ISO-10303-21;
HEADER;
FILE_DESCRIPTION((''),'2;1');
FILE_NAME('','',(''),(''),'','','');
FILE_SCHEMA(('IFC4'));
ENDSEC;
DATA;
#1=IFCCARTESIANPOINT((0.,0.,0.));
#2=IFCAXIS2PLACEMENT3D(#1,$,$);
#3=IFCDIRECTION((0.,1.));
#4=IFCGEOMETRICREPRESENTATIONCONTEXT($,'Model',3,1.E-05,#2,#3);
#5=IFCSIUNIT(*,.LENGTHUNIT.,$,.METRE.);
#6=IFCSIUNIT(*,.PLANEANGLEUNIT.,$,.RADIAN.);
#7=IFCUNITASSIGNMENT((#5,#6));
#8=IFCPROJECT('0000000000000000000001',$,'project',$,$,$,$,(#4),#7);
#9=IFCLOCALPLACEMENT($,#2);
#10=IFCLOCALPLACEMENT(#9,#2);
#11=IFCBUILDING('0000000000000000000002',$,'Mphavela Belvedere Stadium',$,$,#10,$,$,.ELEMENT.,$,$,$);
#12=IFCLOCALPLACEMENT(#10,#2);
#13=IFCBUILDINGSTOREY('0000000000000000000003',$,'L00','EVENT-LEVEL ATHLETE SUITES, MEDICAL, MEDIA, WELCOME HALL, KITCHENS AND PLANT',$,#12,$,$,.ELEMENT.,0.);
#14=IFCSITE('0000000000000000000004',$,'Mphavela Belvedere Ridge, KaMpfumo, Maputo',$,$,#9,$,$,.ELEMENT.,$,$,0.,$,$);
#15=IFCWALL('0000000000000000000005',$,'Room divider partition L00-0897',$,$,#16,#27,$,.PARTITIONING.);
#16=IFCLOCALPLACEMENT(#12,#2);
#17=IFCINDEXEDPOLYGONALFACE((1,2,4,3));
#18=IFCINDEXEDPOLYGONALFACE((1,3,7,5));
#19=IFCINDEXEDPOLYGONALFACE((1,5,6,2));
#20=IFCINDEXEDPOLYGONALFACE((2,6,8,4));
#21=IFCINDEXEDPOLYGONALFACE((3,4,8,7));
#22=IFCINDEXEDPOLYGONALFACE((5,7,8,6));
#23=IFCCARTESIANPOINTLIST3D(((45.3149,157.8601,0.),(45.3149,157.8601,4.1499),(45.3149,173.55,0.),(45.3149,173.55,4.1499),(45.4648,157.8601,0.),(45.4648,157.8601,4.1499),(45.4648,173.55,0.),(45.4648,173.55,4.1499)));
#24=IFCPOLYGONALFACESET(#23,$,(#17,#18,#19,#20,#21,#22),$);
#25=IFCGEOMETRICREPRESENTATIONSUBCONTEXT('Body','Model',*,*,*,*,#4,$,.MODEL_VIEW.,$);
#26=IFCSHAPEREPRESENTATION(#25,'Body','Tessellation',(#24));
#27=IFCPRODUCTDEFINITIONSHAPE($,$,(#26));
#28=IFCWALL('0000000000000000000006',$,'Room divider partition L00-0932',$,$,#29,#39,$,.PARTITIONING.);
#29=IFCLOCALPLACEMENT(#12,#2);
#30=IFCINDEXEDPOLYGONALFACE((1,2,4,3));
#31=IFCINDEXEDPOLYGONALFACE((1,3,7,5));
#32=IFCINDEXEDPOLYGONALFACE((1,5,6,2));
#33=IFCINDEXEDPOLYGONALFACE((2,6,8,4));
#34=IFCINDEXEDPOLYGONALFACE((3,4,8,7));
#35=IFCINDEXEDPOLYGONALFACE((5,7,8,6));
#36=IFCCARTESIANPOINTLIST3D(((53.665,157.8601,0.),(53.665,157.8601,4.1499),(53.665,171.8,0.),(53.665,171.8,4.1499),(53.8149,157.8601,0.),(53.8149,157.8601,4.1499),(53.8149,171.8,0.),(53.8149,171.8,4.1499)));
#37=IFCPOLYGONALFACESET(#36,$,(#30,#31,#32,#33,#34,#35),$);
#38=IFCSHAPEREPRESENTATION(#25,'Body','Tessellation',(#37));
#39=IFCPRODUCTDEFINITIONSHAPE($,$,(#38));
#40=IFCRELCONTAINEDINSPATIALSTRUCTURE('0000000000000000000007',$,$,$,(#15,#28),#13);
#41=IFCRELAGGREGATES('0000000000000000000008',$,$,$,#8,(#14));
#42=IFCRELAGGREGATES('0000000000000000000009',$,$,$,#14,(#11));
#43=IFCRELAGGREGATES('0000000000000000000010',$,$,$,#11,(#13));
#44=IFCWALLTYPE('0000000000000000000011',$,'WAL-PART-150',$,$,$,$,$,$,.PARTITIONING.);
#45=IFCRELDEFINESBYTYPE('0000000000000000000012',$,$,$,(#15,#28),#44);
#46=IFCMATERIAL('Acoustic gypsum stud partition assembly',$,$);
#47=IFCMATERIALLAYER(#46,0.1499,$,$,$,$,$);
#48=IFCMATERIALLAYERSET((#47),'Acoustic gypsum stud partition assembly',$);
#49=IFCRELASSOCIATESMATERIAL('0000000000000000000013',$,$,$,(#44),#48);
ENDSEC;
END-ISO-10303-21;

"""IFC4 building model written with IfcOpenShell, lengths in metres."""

from ifc_helpers import new_model, si_unit, direction, frame, frame_2d, origin, place, context, subcontext, project, spatial, rectangle, extrude, material, layer, layer_set, type_object, element, save


model = new_model("IFC4")

# Units and contexts
model_context = context("Model", 3, precision=1e-05, world=origin(), true_north=direction((0.0, 1.0)))
body_context = subcontext(model_context, "Body", "Model", "MODEL_VIEW")
ifc_project = project(units=[si_unit("LENGTHUNIT", "METRE"), si_unit("PLANEANGLEUNIT", "RADIAN")], contexts=[model_context])

# Site, building, storey
site_placement = place(None, origin())
site = spatial("IfcSite", under=ifc_project, at=site_placement, Name="Mphavela Belvedere Ridge, KaMpfumo, Maputo", CompositionType="ELEMENT", RefElevation=0.0)
building_placement = place(site_placement, origin())
building = spatial("IfcBuilding", under=site, at=building_placement, Name="Mphavela Belvedere Stadium", CompositionType="ELEMENT")
storey_placement = place(building_placement, origin())
storey = spatial("IfcBuildingStorey", under=building, at=storey_placement, Name="L00", Description="EVENT-LEVEL ATHLETE SUITES, MEDICAL, MEDIA, WELCOME HALL, KITCHENS AND PLANT", CompositionType="ELEMENT", Elevation=0.0)

# Walls
ifc_material_1 = material(Name="Acoustic gypsum stud partition assembly")
ifc_layer_1 = layer(ifc_material_1, 0.1499)
ifc_layer_set_1 = layer_set([ifc_layer_1], Name="Acoustic gypsum stud partition assembly")
wall_type_1 = type_object("IfcWallType", Name="WAL-PART-150", PredefinedType="PARTITIONING", material=ifc_layer_set_1)
wall_1_placement = place(storey_placement, frame((45.3899, 173.55, 0.0), z_axis=(0.0, 0.0, 1.0), x_axis=(0.0, -1.0, 0.0)))
element("IfcWall", 1, at=wall_1_placement, inside=storey, type_object=wall_type_1, Name="Room divider partition L00-0897", PredefinedType="PARTITIONING", context=body_context, shape_type="SweptSolid", body=[
    extrude(rectangle(XDim=15.6899, YDim=0.1499, at=frame_2d((7.845, 0.0))), origin(), (0.0, 0.0, 1.0), 4.1499),
])
wall_2_placement = place(storey_placement, frame((53.74, 171.8, 0.0), z_axis=(0.0, 0.0, 1.0), x_axis=(0.0, -1.0, 0.0)))
element("IfcWall", 2, at=wall_2_placement, inside=storey, type_object=wall_type_1, Name="Room divider partition L00-0932", PredefinedType="PARTITIONING", context=body_context, shape_type="SweptSolid", body=[
    extrude(rectangle(XDim=13.9399, YDim=0.1499, at=frame_2d((6.97, 0.0))), origin(), (0.0, 0.0, 1.0), 4.1499),
])

save(model, "model.ifc")
